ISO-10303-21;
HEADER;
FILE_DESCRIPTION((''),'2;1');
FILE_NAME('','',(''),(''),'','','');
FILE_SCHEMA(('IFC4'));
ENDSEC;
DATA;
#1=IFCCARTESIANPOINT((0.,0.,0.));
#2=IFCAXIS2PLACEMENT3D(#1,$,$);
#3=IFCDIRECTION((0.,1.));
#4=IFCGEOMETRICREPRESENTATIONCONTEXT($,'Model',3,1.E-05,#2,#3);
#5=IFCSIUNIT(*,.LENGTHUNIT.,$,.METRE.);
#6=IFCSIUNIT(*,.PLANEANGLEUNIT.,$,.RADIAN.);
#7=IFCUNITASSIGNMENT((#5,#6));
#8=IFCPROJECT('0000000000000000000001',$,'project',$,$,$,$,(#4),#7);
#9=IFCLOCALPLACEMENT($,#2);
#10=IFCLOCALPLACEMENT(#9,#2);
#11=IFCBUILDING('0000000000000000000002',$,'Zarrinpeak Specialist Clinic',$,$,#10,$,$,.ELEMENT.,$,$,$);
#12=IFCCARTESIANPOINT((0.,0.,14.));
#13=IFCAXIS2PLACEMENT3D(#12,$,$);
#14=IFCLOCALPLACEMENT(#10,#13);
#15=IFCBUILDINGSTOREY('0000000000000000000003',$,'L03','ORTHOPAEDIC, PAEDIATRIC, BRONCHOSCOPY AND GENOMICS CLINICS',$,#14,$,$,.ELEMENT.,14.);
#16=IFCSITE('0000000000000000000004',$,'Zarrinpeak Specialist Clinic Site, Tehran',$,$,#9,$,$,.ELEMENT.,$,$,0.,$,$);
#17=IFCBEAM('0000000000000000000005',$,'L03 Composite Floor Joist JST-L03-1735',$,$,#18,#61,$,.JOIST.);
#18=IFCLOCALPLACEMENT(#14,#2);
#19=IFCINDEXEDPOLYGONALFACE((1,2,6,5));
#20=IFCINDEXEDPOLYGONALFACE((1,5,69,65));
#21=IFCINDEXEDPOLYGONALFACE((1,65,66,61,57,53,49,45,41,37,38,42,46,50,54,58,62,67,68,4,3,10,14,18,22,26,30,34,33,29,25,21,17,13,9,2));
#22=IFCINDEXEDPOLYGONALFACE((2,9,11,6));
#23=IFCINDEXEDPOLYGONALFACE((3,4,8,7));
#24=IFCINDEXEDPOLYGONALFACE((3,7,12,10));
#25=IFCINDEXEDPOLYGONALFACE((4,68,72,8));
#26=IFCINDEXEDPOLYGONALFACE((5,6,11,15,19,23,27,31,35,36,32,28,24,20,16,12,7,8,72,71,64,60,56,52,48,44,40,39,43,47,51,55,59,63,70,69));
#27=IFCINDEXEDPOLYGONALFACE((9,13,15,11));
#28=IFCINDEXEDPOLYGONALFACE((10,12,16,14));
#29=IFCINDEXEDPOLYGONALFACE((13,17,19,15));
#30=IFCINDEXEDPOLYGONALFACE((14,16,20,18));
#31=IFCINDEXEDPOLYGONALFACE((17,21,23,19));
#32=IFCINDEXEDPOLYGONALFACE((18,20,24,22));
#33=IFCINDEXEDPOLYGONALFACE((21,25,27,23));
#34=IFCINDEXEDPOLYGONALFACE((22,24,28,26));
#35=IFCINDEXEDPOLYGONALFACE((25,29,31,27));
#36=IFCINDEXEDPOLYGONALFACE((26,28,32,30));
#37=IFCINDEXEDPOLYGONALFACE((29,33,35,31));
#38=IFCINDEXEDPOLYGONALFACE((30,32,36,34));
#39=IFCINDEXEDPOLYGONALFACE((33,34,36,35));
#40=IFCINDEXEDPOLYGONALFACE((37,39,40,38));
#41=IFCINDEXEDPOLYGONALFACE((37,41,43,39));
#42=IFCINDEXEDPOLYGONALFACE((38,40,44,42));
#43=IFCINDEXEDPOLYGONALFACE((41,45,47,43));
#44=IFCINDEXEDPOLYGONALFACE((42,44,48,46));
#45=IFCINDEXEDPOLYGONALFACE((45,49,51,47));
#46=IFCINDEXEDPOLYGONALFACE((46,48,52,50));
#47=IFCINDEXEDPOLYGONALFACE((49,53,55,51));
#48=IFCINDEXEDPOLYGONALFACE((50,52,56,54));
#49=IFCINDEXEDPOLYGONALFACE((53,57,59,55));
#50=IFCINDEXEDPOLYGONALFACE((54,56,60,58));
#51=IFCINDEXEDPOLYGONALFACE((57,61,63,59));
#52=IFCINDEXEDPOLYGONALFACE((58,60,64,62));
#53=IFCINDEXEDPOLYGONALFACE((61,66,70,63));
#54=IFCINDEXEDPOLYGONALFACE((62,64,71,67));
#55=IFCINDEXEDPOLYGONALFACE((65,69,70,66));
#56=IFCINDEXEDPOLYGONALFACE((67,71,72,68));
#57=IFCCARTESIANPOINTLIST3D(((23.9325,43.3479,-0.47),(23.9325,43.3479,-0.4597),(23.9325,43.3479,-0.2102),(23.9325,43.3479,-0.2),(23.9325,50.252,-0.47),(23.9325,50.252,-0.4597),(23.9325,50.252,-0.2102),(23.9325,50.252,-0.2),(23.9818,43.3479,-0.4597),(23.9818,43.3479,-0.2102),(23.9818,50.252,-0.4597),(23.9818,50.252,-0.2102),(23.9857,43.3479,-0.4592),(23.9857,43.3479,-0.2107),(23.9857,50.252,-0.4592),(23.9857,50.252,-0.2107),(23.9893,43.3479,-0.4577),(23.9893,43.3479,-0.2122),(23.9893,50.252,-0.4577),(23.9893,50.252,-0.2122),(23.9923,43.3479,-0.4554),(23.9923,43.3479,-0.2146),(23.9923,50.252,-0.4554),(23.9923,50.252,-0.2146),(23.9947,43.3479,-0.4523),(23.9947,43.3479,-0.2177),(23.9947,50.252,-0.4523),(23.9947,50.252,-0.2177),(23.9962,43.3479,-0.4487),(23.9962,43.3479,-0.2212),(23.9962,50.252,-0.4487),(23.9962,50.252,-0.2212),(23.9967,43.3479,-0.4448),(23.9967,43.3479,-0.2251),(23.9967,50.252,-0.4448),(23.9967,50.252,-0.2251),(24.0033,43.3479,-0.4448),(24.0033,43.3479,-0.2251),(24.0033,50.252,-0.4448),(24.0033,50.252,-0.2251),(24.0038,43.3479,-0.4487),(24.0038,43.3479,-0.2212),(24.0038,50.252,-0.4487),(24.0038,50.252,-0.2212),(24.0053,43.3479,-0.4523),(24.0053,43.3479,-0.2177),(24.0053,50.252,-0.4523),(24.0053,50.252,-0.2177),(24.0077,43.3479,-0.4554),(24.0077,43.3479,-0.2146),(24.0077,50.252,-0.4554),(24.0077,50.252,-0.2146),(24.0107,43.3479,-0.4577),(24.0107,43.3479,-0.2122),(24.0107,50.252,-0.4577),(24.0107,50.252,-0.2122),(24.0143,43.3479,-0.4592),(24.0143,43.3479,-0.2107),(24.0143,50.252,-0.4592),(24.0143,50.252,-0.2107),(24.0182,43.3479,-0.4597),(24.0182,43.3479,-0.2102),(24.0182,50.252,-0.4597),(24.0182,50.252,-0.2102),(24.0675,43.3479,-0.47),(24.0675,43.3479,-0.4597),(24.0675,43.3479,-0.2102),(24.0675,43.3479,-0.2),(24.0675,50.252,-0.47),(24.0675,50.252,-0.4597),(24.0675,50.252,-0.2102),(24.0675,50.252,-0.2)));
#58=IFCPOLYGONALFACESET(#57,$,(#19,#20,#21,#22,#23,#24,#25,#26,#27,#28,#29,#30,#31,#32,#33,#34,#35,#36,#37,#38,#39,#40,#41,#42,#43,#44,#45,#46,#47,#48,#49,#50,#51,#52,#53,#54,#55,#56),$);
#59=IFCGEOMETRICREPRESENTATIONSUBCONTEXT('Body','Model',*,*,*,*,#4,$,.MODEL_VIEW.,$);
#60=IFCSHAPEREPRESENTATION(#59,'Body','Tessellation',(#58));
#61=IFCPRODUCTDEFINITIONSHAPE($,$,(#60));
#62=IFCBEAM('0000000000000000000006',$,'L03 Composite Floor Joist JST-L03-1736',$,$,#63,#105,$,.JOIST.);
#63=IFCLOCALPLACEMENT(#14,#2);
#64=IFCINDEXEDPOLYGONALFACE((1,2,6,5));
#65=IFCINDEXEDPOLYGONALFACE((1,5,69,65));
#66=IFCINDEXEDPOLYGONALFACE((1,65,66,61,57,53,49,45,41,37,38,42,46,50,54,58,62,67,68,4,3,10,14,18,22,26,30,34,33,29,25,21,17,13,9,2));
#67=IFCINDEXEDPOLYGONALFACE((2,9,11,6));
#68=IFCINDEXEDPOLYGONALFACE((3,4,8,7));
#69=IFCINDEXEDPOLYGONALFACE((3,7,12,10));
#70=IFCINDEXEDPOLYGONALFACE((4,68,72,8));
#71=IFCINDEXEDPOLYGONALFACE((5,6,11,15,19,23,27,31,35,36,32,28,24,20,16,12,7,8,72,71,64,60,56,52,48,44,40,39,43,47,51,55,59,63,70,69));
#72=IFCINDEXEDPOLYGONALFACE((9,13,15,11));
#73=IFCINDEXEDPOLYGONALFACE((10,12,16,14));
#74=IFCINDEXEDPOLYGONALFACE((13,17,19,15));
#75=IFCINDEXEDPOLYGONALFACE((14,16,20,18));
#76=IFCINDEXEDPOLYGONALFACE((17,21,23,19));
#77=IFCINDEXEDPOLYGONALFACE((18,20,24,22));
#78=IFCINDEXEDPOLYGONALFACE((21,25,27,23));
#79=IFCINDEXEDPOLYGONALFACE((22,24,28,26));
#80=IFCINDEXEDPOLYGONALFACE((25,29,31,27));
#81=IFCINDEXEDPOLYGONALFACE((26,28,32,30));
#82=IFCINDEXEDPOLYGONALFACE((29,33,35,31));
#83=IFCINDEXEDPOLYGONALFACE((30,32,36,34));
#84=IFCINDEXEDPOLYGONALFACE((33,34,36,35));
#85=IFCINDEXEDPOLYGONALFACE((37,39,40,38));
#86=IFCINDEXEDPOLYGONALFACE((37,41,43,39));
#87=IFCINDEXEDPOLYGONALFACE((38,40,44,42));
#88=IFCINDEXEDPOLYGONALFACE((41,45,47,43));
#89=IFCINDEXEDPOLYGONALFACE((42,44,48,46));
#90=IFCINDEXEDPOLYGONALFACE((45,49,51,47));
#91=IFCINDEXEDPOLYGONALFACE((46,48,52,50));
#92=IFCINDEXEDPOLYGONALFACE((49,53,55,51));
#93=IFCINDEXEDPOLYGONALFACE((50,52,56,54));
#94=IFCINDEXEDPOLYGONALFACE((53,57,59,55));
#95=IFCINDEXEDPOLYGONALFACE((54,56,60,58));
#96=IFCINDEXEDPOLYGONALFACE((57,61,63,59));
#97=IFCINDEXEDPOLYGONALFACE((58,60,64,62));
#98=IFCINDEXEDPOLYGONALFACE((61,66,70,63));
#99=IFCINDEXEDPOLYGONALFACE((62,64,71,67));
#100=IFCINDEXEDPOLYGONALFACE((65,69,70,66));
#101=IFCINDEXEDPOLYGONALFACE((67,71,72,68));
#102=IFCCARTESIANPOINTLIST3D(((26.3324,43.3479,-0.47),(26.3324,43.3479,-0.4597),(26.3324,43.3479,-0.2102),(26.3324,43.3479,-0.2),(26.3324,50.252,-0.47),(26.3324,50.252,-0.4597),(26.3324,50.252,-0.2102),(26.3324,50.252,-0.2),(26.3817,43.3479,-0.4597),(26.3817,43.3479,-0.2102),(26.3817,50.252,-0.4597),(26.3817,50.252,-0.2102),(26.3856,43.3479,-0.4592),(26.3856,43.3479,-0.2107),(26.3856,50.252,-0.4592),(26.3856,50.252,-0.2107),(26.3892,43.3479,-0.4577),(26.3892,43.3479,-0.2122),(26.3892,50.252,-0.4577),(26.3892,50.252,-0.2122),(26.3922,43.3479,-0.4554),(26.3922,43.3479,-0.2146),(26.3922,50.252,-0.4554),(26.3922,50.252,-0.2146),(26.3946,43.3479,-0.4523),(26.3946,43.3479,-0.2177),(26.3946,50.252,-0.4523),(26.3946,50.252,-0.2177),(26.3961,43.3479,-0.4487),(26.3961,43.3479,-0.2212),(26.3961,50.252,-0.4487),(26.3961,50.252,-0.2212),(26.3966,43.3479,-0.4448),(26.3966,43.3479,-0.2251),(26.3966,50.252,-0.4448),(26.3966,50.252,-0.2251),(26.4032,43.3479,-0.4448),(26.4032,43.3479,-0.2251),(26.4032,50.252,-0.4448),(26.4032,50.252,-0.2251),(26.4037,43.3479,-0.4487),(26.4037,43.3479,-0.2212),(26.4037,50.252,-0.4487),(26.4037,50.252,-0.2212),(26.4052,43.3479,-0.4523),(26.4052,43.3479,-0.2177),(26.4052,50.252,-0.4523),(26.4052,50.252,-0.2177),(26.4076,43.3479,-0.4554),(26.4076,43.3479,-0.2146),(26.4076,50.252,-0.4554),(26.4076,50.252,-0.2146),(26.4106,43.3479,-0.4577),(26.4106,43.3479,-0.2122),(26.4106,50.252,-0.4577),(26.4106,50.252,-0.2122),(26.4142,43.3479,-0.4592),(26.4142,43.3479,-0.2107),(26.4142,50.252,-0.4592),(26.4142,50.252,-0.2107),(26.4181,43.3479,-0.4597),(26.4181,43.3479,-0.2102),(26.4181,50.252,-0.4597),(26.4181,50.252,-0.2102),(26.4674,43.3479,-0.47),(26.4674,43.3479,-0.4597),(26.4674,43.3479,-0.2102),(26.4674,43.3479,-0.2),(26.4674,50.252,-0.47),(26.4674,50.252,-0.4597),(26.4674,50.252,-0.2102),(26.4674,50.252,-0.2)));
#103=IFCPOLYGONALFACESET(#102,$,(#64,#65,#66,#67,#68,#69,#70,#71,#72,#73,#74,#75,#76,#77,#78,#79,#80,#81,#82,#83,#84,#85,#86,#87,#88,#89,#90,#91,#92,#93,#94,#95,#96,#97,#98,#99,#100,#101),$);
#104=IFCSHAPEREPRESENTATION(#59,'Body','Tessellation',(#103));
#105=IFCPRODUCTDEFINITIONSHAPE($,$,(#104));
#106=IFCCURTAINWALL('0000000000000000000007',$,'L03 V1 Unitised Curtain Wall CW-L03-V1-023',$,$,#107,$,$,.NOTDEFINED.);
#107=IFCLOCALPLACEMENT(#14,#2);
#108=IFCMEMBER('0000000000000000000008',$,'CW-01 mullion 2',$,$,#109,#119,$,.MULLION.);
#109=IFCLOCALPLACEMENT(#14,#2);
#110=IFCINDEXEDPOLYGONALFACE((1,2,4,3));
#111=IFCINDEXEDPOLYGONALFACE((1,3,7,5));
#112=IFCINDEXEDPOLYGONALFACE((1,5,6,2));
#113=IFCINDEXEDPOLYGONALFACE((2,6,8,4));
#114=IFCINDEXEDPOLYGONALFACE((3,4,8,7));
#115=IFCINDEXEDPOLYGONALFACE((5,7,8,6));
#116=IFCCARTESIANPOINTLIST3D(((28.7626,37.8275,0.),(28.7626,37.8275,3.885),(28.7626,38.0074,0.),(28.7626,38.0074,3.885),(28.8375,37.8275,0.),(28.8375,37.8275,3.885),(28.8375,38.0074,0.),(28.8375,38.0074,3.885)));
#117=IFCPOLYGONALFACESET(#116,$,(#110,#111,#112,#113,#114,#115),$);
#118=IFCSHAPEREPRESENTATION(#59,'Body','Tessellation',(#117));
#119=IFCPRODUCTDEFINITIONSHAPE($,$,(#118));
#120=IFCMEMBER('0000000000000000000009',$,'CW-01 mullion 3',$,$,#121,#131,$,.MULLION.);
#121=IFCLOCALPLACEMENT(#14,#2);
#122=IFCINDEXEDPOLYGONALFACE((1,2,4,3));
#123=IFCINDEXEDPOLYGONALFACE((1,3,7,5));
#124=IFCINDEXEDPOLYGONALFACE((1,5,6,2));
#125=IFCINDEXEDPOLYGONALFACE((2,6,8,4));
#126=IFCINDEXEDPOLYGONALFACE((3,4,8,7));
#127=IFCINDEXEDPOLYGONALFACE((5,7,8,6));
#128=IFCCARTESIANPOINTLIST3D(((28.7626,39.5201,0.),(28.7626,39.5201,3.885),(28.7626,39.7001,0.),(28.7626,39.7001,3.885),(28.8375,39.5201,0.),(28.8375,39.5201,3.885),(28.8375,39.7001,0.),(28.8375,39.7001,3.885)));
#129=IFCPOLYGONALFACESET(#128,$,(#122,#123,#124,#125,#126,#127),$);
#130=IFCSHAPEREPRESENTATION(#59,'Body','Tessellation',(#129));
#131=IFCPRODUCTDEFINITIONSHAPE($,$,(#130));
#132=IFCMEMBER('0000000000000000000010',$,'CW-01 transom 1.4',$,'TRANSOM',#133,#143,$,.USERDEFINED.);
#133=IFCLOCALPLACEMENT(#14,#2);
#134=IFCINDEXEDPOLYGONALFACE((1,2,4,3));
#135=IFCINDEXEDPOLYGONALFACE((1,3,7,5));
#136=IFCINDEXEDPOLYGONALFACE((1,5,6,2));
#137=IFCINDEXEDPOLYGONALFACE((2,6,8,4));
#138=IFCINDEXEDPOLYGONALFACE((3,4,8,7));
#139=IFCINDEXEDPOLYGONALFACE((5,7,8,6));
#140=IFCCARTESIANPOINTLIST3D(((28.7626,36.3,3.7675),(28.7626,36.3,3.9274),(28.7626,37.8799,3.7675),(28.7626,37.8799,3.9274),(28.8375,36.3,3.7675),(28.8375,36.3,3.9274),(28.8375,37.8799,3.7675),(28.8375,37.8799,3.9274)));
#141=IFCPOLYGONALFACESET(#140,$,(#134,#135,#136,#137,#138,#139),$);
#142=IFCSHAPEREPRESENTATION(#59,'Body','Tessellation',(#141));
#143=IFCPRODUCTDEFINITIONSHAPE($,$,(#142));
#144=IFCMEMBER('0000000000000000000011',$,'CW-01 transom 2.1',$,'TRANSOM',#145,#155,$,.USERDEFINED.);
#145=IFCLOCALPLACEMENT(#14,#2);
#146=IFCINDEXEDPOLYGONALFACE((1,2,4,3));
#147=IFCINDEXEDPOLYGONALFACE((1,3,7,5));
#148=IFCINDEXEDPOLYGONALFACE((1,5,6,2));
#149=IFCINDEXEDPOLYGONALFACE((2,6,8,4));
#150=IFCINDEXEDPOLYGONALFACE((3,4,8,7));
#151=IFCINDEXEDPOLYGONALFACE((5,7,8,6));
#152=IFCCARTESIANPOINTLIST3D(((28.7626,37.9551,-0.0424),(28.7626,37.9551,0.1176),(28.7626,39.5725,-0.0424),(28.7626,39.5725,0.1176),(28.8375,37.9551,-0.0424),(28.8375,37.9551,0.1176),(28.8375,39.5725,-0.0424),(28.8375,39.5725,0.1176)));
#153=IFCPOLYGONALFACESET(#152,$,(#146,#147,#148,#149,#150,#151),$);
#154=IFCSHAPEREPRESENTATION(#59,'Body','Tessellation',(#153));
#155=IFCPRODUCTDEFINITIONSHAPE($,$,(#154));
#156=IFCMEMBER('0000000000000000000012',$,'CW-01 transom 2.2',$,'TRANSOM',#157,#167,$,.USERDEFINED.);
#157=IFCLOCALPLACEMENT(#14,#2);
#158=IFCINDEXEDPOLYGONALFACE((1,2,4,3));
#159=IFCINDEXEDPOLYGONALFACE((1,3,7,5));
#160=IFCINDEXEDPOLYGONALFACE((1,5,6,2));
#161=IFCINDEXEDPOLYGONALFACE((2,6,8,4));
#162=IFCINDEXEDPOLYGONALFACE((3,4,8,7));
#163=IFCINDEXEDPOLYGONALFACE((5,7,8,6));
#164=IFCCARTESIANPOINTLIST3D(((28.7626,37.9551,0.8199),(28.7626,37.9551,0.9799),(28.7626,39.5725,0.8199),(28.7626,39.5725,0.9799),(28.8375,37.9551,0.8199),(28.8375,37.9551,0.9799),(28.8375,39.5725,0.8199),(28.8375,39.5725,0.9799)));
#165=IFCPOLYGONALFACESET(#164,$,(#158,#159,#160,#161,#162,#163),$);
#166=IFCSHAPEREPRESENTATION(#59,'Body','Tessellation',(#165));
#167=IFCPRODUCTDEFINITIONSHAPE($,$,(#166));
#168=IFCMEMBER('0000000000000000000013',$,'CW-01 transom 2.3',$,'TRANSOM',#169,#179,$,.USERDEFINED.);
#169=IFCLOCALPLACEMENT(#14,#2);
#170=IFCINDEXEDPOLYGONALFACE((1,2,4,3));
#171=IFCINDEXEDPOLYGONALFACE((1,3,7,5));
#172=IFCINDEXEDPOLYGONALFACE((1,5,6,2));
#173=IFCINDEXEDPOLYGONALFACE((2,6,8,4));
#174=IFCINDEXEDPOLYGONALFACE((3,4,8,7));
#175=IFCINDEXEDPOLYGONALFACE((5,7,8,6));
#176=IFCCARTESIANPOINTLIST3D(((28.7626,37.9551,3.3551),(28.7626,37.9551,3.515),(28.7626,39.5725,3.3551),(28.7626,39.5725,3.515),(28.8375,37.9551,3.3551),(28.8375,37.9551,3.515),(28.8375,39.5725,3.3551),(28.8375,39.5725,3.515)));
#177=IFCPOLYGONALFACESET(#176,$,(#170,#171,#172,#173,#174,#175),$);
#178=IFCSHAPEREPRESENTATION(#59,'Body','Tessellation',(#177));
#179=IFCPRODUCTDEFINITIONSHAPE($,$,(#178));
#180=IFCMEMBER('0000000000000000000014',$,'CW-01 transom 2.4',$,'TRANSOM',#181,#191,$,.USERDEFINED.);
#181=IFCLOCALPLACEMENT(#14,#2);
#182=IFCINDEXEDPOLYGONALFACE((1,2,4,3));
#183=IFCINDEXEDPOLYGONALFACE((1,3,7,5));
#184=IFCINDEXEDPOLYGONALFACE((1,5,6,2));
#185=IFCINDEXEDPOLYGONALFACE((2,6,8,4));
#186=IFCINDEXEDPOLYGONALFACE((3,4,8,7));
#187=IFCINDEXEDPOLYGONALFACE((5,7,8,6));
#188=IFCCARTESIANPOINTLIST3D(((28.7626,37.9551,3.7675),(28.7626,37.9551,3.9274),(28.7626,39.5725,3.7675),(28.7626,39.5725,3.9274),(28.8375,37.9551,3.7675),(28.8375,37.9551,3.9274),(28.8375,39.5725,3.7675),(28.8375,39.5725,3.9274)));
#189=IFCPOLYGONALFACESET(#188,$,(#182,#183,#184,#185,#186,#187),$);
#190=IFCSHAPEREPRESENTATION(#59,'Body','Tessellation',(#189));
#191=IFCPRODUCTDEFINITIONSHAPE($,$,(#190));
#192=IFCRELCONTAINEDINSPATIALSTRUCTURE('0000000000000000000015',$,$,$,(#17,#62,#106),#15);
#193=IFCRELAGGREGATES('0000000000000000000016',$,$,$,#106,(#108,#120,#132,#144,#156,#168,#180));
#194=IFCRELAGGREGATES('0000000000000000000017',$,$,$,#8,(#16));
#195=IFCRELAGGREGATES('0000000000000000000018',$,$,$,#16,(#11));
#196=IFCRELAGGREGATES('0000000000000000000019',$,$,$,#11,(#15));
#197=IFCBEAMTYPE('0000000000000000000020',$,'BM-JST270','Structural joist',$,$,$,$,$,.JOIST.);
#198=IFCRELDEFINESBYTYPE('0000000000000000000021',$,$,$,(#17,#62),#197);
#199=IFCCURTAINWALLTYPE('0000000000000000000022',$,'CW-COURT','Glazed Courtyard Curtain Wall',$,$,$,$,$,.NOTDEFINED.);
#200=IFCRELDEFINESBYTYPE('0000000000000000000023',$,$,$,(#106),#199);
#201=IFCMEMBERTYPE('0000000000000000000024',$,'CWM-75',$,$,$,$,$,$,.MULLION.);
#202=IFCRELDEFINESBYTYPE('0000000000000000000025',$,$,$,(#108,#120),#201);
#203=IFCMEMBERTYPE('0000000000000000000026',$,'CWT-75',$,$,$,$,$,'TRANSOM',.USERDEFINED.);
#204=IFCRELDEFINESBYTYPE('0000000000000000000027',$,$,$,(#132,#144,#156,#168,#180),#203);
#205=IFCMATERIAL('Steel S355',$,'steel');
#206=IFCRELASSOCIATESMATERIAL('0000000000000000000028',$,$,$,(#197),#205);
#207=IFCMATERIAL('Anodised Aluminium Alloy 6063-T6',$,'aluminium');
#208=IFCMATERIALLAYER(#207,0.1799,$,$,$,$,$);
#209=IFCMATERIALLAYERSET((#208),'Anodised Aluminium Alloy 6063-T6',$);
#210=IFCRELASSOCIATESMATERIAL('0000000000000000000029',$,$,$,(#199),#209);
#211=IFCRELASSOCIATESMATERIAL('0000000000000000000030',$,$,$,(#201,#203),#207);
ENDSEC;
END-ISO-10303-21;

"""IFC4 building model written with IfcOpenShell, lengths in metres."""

from ifc_helpers import new_model, si_unit, direction, frame, origin, origin_2d, place, context, subcontext, project, spatial, rectangle, i_section, extrude, material, layer, layer_set, material_profile, profile_set, type_object, element, aggregate, save


model = new_model("IFC4")

# Units and contexts
model_context = context("Model", 3, precision=1e-05, world=origin(), true_north=direction((0.0, 1.0)))
body_context = subcontext(model_context, "Body", "Model", "MODEL_VIEW")
ifc_project = project(units=[si_unit("LENGTHUNIT", "METRE"), si_unit("PLANEANGLEUNIT", "RADIAN")], contexts=[model_context])

# Site, building, storey
site_placement = place(None, origin())
site = spatial("IfcSite", under=ifc_project, at=site_placement, Name="Zarrinpeak Specialist Clinic Site, Tehran", CompositionType="ELEMENT", RefElevation=0.0)
building_placement = place(site_placement, origin())
building = spatial("IfcBuilding", under=site, at=building_placement, Name="Zarrinpeak Specialist Clinic", CompositionType="ELEMENT")
storey_placement = place(building_placement, frame((0.0, 0.0, 14.0)))
storey = spatial("IfcBuildingStorey", under=building, at=storey_placement, Name="L03", Description="ORTHOPAEDIC, PAEDIATRIC, BRONCHOSCOPY AND GENOMICS CLINICS", CompositionType="ELEMENT", Elevation=14.0)

# Shared definitions
ifc_material_1 = material(Name="Steel S355", Category="steel")

# Beams
ifc_material_profile_1 = material_profile(ifc_material_1, i_section(OverallWidth=0.135, OverallDepth=0.27, WebThickness=0.0066, FlangeThickness=0.0103, FilletRadius=0.0149, at=origin_2d()), Name="IPE 270")
ifc_profile_set_1 = profile_set([ifc_material_profile_1], Name="Steel S355")
beam_type_1 = type_object("IfcBeamType", Name="BM-JST270", Description="Structural joist", PredefinedType="JOIST", material=ifc_profile_set_1)
for number, where, z_axis, x_axis, name in (
    (1, (24.0, 43.3479, -0.335), (0.0, 1.0, 0.0), (-1.0, 0.0, 0.0), "L03 Composite Floor Joist JST-L03-1735"),
    (2, (26.3999, 43.3479, -0.335), (0.0, 1.0, 0.0), (-1.0, 0.0, 0.0), "L03 Composite Floor Joist JST-L03-1736"),
):
    element("IfcBeam", number, at=place(storey_placement, frame(where, z_axis=z_axis, x_axis=x_axis)), inside=storey, type_object=beam_type_1, Name=name, PredefinedType="JOIST", context=body_context, shape_type="SweptSolid", body=[
        extrude(i_section(OverallWidth=0.135, OverallDepth=0.27, WebThickness=0.0066, FlangeThickness=0.0103, FilletRadius=0.0149, at=origin_2d()), origin(), (0.0, 0.0, 1.0), 6.9041),
    ])

# Curtain wall, members
ifc_material_2 = material(Name="Anodised Aluminium Alloy 6063-T6", Category="aluminium")
ifc_layer_1 = layer(ifc_material_2, 0.1799)
ifc_layer_set_1 = layer_set([ifc_layer_1], Name="Anodised Aluminium Alloy 6063-T6")
curtain_wall_type = type_object("IfcCurtainWallType", Name="CW-COURT", Description="Glazed Courtyard Curtain Wall", PredefinedType="NOTDEFINED", material=ifc_layer_set_1)
curtain_wall_placement = place(storey_placement, origin())
curtain_wall = element("IfcCurtainWall", 3, at=curtain_wall_placement, inside=storey, type_object=curtain_wall_type, Name="L03 V1 Unitised Curtain Wall CW-L03-V1-023", PredefinedType="NOTDEFINED")
ifc_material_profile_2 = material_profile(ifc_material_2, rectangle(XDim=0.075, YDim=0.1799, at=origin_2d()), Name="ALU 75x180")
ifc_profile_set_2 = profile_set([ifc_material_profile_2], Name="Anodised Aluminium Alloy 6063-T6")
member_type_1 = type_object("IfcMemberType", Name="CWM-75", PredefinedType="MULLION", material=ifc_profile_set_2)
member_1_placement = place(storey_placement, frame((28.8, 37.9175, 0.0), z_axis=(0.0, 0.0, 1.0), x_axis=(-1.0, 0.0, 0.0)))
member_1 = element("IfcMember", 4, at=member_1_placement, type_object=member_type_1, Name="CW-01 mullion 2", PredefinedType="MULLION", context=body_context, shape_type="SweptSolid", body=[
    extrude(rectangle(XDim=0.075, YDim=0.1799, at=origin_2d()), origin(), (0.0, 0.0, 1.0), 3.885),
])
member_2_placement = place(storey_placement, frame((28.8, 39.6101, 0.0), z_axis=(0.0, 0.0, 1.0), x_axis=(-1.0, 0.0, 0.0)))
member_2 = element("IfcMember", 5, at=member_2_placement, type_object=member_type_1, Name="CW-01 mullion 3", PredefinedType="MULLION", context=body_context, shape_type="SweptSolid", body=[
    extrude(rectangle(XDim=0.075, YDim=0.1799, at=origin_2d()), origin(), (0.0, 0.0, 1.0), 3.885),
])
ifc_material_profile_3 = material_profile(ifc_material_2, rectangle(XDim=0.075, YDim=0.1599, at=origin_2d()), Name="ALU 75x160")
ifc_profile_set_3 = profile_set([ifc_material_profile_3], Name="Anodised Aluminium Alloy 6063-T6")
member_type_2 = type_object("IfcMemberType", Name="CWT-75", ElementType="TRANSOM", PredefinedType="USERDEFINED", material=ifc_profile_set_3)
member_3_placement = place(storey_placement, frame((28.8, 36.3, 3.8474), z_axis=(0.0, 1.0, 0.0), x_axis=(-1.0, 0.0, 0.0)))
member_3 = element("IfcMember", 6, at=member_3_placement, type_object=member_type_2, Name="CW-01 transom 1.4", ObjectType="TRANSOM", PredefinedType="USERDEFINED", context=body_context, shape_type="SweptSolid", body=[
    extrude(rectangle(XDim=0.075, YDim=0.1599, at=origin_2d()), origin(), (0.0, 0.0, 1.0), 1.5798),
])
member_4_placement = place(storey_placement, frame((28.8, 37.9551, 0.0376), z_axis=(0.0, 1.0, 0.0), x_axis=(-1.0, 0.0, 0.0)))
member_4 = element("IfcMember", 7, at=member_4_placement, type_object=member_type_2, Name="CW-01 transom 2.1", ObjectType="TRANSOM", PredefinedType="USERDEFINED", context=body_context, shape_type="SweptSolid", body=[
    extrude(rectangle(XDim=0.075, YDim=0.1599, at=origin_2d()), origin(), (0.0, 0.0, 1.0), 1.6174),
])
member_5_placement = place(storey_placement, frame((28.8, 37.9551, 0.8999), z_axis=(0.0, 1.0, 0.0), x_axis=(-1.0, 0.0, 0.0)))
member_5 = element("IfcMember", 8, at=member_5_placement, type_object=member_type_2, Name="CW-01 transom 2.2", ObjectType="TRANSOM", PredefinedType="USERDEFINED", context=body_context, shape_type="SweptSolid", body=[
    extrude(rectangle(XDim=0.075, YDim=0.1599, at=origin_2d()), origin(), (0.0, 0.0, 1.0), 1.6174),
])
member_6_placement = place(storey_placement, frame((28.8, 37.9551, 3.4351), z_axis=(0.0, 1.0, 0.0), x_axis=(-1.0, 0.0, 0.0)))
member_6 = element("IfcMember", 9, at=member_6_placement, type_object=member_type_2, Name="CW-01 transom 2.3", ObjectType="TRANSOM", PredefinedType="USERDEFINED", context=body_context, shape_type="SweptSolid", body=[
    extrude(rectangle(XDim=0.075, YDim=0.1599, at=origin_2d()), origin(), (0.0, 0.0, 1.0), 1.6174),
])
member_7_placement = place(storey_placement, frame((28.8, 37.9551, 3.8474), z_axis=(0.0, 1.0, 0.0), x_axis=(-1.0, 0.0, 0.0)))
member_7 = element("IfcMember", 10, at=member_7_placement, type_object=member_type_2, Name="CW-01 transom 2.4", ObjectType="TRANSOM", PredefinedType="USERDEFINED", context=body_context, shape_type="SweptSolid", body=[
    extrude(rectangle(XDim=0.075, YDim=0.1599, at=origin_2d()), origin(), (0.0, 0.0, 1.0), 1.6174),
])
aggregate(curtain_wall, [member_1, member_2, member_3, member_4, member_5, member_6, member_7])

save(model, "model.ifc")
